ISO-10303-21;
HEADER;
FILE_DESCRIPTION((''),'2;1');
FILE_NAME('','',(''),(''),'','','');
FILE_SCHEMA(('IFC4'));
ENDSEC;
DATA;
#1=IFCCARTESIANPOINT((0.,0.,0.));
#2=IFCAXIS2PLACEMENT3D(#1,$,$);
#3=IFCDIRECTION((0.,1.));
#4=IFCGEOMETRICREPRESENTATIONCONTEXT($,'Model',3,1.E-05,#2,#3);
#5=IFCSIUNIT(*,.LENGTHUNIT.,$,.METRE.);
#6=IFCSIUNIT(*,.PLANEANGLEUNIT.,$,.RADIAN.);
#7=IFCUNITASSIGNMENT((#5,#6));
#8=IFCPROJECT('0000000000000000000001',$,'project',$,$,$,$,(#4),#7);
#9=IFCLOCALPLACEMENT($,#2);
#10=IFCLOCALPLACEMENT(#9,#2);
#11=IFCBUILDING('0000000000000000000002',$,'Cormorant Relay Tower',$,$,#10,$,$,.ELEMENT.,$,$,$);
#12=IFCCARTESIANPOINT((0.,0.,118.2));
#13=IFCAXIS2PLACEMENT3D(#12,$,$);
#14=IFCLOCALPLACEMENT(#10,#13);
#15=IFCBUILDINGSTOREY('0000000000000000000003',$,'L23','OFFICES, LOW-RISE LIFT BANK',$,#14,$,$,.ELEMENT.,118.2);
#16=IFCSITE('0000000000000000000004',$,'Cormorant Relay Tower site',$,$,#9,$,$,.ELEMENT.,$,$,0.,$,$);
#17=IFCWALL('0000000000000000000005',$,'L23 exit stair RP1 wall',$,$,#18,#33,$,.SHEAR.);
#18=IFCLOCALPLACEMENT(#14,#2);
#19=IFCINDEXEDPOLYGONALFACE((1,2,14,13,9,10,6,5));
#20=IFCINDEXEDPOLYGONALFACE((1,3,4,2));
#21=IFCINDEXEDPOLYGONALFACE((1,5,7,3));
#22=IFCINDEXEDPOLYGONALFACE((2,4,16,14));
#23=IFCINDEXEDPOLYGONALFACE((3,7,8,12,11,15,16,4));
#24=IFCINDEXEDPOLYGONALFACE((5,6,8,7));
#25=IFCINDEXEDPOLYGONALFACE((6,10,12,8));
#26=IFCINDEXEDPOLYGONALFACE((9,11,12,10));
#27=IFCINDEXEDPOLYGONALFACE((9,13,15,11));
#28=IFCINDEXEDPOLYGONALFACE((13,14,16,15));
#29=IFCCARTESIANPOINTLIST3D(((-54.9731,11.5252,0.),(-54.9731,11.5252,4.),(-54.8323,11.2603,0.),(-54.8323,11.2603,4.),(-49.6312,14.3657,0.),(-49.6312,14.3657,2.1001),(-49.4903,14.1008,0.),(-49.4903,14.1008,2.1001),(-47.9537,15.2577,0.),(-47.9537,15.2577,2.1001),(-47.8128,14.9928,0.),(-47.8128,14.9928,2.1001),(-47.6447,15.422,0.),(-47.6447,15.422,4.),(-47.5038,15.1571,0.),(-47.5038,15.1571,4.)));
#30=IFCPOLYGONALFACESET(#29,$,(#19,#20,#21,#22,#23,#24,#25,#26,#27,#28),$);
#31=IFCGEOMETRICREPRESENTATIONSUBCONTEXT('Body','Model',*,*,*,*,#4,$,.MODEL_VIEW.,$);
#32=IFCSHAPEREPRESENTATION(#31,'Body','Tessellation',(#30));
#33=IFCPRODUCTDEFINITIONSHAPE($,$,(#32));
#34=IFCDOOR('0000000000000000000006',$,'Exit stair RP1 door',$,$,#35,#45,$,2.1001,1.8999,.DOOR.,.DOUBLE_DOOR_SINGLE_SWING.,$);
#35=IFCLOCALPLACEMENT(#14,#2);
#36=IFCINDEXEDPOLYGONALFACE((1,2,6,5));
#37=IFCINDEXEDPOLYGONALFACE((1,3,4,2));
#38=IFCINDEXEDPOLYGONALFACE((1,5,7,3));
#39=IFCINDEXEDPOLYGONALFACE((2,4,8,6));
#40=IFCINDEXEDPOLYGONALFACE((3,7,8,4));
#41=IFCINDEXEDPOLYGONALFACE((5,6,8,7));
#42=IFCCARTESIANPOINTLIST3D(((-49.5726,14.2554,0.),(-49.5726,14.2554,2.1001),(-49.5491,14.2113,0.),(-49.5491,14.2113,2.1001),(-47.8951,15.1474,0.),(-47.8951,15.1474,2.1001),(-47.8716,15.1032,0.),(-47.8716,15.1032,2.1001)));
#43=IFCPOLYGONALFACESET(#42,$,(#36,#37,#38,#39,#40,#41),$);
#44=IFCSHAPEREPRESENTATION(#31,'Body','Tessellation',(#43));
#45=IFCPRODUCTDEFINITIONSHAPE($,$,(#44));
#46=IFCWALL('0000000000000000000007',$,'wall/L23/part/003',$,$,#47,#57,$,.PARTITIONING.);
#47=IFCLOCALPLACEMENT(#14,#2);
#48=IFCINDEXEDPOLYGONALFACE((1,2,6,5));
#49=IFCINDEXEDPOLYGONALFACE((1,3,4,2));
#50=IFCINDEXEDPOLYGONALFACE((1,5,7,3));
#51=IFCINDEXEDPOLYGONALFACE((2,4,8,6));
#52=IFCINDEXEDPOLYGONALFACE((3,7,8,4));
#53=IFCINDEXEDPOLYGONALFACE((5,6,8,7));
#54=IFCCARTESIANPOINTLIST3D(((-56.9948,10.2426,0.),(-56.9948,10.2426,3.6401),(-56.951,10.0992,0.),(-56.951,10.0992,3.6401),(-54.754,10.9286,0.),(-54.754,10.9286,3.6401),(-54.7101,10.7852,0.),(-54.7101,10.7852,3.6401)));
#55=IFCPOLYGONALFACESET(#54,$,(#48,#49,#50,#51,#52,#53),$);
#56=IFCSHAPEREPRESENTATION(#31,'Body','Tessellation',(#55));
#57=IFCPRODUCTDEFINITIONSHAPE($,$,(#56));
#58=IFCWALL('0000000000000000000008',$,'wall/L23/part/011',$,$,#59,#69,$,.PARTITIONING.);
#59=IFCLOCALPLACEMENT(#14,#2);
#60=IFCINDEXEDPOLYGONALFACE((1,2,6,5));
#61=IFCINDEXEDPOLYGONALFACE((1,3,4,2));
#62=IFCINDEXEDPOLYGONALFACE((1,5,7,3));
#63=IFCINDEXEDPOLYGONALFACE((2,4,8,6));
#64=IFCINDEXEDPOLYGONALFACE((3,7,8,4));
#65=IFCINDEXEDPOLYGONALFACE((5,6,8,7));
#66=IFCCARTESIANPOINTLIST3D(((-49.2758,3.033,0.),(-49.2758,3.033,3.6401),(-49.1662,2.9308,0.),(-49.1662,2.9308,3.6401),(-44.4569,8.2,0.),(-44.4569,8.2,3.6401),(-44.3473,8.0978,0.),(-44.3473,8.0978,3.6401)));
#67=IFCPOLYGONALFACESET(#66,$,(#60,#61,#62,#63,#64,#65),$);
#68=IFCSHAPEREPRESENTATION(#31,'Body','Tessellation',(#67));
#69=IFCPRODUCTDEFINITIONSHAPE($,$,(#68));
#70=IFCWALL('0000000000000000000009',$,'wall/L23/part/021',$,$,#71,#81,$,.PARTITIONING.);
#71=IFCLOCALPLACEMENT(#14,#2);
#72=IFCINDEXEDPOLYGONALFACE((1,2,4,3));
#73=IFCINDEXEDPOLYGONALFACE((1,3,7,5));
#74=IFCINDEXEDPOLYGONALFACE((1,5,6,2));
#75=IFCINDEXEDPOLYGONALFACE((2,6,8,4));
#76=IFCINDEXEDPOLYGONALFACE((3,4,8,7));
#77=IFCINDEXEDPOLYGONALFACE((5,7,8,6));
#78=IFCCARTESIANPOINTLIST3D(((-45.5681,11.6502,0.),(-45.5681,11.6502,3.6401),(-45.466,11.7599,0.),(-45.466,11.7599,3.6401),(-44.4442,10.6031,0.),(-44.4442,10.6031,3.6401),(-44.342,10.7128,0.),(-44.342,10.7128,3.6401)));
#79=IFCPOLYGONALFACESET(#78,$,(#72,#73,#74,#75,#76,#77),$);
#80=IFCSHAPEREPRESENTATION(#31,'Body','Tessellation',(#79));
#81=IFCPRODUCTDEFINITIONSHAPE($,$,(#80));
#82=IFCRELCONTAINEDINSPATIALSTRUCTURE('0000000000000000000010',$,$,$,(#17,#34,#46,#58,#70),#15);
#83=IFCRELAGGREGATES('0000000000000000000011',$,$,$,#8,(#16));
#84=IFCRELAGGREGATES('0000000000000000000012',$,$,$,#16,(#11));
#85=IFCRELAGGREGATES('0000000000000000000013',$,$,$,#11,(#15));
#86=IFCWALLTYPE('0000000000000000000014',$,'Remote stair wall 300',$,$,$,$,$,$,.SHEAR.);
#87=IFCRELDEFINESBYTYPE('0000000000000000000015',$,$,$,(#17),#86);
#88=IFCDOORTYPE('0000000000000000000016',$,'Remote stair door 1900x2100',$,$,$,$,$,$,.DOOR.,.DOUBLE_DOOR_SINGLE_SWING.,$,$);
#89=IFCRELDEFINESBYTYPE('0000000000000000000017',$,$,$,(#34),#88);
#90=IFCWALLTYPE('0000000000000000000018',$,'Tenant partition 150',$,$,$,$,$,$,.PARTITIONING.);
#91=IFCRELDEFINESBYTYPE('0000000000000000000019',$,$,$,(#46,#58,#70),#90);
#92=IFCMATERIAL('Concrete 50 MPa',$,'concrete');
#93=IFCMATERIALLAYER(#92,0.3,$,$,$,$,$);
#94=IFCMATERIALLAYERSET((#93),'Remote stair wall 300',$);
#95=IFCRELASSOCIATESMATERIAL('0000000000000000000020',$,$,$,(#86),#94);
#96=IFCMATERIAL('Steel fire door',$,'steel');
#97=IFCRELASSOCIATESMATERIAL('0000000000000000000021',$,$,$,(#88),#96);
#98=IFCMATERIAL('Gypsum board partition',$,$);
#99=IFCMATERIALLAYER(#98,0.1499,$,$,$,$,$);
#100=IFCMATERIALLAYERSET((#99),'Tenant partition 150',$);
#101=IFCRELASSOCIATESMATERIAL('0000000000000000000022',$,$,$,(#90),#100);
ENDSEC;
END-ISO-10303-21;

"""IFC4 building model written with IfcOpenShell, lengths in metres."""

from ifc_helpers import new_model, si_unit, direction, frame, frame_2d, origin, place, context, subcontext, project, spatial, rectangle, extrude, material, layer, layer_set, type_object, element, fill, save


model = new_model("IFC4")

# Units and contexts
model_context = context("Model", 3, precision=1e-05, world=origin(), true_north=direction((0.0, 1.0)))
body_context = subcontext(model_context, "Body", "Model", "MODEL_VIEW")
ifc_project = project(units=[si_unit("LENGTHUNIT", "METRE"), si_unit("PLANEANGLEUNIT", "RADIAN")], contexts=[model_context])

# Site, building, storey
site_placement = place(None, origin())
site = spatial("IfcSite", under=ifc_project, at=site_placement, Name="Cormorant Relay Tower site", CompositionType="ELEMENT", RefElevation=0.0)
building_placement = place(site_placement, origin())
building = spatial("IfcBuilding", under=site, at=building_placement, Name="Cormorant Relay Tower", CompositionType="ELEMENT")
storey_placement = place(building_placement, frame((0.0, 0.0, 118.2)))
storey = spatial("IfcBuildingStorey", under=building, at=storey_placement, Name="L23", Description="OFFICES, LOW-RISE LIFT BANK", CompositionType="ELEMENT", Elevation=118.2)

# Shared definitions
ifc_material_1 = material(Name="Concrete 50 MPa", Category="concrete")
ifc_layer_1 = layer(ifc_material_1, 0.3)
ifc_layer_set_1 = layer_set([ifc_layer_1], Name="Remote stair wall 300")
wall_type_1 = type_object("IfcWallType", Name="Remote stair wall 300", PredefinedType="SHEAR", material=ifc_layer_set_1)

# Wall, opening, door
wall_1_placement = place(storey_placement, frame((-54.9026, 11.3928, 0.0), z_axis=(0.0, 0.0, 1.0), x_axis=(0.882939, 0.469487, 0.0)))
wall_1 = element("IfcWall", 1, at=wall_1_placement, inside=storey, type_object=wall_type_1, Name="L23 exit stair RP1 wall", PredefinedType="SHEAR", context=body_context, shape_type="SweptSolid", body=[
    extrude(rectangle(XDim=8.3, YDim=0.3, at=frame_2d((4.1499, 0.0))), origin(), (0.0, 0.0, 1.0), 4.0),
])
opening_1_placement = place(wall_1_placement, frame((6.05, 0.0, 0.0)))
opening_1 = element("IfcOpeningElement", 2, at=opening_1_placement, cuts=wall_1, PredefinedType="OPENING", context=body_context, shape_type="SweptSolid", body=[
    extrude(rectangle(XDim=1.8999, YDim=2.1001, at=frame_2d((0.95, 1.05))), frame((0.0, 0.1599, 0.0), z_axis=(0.0, -1.0, 0.0), x_axis=(1.0, 0.0, 0.0)), (0.0, 0.0, 1.0), 0.3201),
])
ifc_material_2 = material(Name="Steel fire door", Category="steel")
door_type_1 = type_object("IfcDoorType", Name="Remote stair door 1900x2100", OperationType="DOUBLE_DOOR_SINGLE_SWING", PredefinedType="DOOR", material=ifc_material_2)
door_1_placement = place(opening_1_placement, frame((1.8999, 0.0, 0.0), z_axis=(0.0, 0.0, 1.0), x_axis=(-1.0, 0.0, 0.0)))
door_1 = element("IfcDoor", 3, at=door_1_placement, inside=storey, type_object=door_type_1, Name="Exit stair RP1 door", OperationType="DOUBLE_DOOR_SINGLE_SWING", OverallHeight=2.1001, OverallWidth=1.8999, PredefinedType="DOOR", context=body_context, shape_type="SweptSolid", body=[
    extrude(rectangle(XDim=1.8999, YDim=2.1001, at=frame_2d((0.95, 1.05))), frame((0.0, 0.0249, 0.0), z_axis=(0.0, -1.0, 0.0), x_axis=(1.0, 0.0, 0.0)), (0.0, 0.0, 1.0), 0.05),
])
fill(opening_1, door_1)

# Walls
ifc_material_3 = material(Name="Gypsum board partition")
ifc_layer_2 = layer(ifc_material_3, 0.1499)
ifc_layer_set_2 = layer_set([ifc_layer_2], Name="Tenant partition 150")
wall_type_2 = type_object("IfcWallType", Name="Tenant partition 150", PredefinedType="PARTITIONING", material=ifc_layer_set_2)
wall_2_placement = place(storey_placement, frame((-54.7319, 10.8569, 0.0), z_axis=(0.0, 0.0, 1.0), x_axis=(-0.956197, -0.292724, 0.0)))
element("IfcWall", 4, at=wall_2_placement, inside=storey, type_object=wall_type_2, Name="wall/L23/part/003", PredefinedType="PARTITIONING", context=body_context, shape_type="SweptSolid", body=[
    extrude(rectangle(XDim=2.3435, YDim=0.1499, at=frame_2d((1.1719, 0.0))), origin(), (0.0, 0.0, 1.0), 3.6401),
])
wall_3_placement = place(storey_placement, frame((-44.4021, 8.1489, 0.0), z_axis=(0.0, 0.0, 1.0), x_axis=(-0.68204, -0.731315, 0.0)))
element("IfcWall", 5, at=wall_3_placement, inside=storey, type_object=wall_type_2, Name="wall/L23/part/011", PredefinedType="PARTITIONING", context=body_context, shape_type="SweptSolid", body=[
    extrude(rectangle(XDim=7.0654, YDim=0.1499, at=frame_2d((3.5327, 0.0))), origin(), (0.0, 0.0, 1.0), 3.6401),
])
wall_4_placement = place(storey_placement, frame((-44.3931, 10.658, 0.0), z_axis=(0.0, 0.0, 1.0), x_axis=(-0.731694, 0.681633, 0.0)))
element("IfcWall", 6, at=wall_4_placement, inside=storey, type_object=wall_type_2, Name="wall/L23/part/021", PredefinedType="PARTITIONING", context=body_context, shape_type="SweptSolid", body=[
    extrude(rectangle(XDim=1.5361, YDim=0.1499, at=frame_2d((0.7681, 0.0))), origin(), (0.0, 0.0, 1.0), 3.6401),
])

save(model, "model.ifc")
